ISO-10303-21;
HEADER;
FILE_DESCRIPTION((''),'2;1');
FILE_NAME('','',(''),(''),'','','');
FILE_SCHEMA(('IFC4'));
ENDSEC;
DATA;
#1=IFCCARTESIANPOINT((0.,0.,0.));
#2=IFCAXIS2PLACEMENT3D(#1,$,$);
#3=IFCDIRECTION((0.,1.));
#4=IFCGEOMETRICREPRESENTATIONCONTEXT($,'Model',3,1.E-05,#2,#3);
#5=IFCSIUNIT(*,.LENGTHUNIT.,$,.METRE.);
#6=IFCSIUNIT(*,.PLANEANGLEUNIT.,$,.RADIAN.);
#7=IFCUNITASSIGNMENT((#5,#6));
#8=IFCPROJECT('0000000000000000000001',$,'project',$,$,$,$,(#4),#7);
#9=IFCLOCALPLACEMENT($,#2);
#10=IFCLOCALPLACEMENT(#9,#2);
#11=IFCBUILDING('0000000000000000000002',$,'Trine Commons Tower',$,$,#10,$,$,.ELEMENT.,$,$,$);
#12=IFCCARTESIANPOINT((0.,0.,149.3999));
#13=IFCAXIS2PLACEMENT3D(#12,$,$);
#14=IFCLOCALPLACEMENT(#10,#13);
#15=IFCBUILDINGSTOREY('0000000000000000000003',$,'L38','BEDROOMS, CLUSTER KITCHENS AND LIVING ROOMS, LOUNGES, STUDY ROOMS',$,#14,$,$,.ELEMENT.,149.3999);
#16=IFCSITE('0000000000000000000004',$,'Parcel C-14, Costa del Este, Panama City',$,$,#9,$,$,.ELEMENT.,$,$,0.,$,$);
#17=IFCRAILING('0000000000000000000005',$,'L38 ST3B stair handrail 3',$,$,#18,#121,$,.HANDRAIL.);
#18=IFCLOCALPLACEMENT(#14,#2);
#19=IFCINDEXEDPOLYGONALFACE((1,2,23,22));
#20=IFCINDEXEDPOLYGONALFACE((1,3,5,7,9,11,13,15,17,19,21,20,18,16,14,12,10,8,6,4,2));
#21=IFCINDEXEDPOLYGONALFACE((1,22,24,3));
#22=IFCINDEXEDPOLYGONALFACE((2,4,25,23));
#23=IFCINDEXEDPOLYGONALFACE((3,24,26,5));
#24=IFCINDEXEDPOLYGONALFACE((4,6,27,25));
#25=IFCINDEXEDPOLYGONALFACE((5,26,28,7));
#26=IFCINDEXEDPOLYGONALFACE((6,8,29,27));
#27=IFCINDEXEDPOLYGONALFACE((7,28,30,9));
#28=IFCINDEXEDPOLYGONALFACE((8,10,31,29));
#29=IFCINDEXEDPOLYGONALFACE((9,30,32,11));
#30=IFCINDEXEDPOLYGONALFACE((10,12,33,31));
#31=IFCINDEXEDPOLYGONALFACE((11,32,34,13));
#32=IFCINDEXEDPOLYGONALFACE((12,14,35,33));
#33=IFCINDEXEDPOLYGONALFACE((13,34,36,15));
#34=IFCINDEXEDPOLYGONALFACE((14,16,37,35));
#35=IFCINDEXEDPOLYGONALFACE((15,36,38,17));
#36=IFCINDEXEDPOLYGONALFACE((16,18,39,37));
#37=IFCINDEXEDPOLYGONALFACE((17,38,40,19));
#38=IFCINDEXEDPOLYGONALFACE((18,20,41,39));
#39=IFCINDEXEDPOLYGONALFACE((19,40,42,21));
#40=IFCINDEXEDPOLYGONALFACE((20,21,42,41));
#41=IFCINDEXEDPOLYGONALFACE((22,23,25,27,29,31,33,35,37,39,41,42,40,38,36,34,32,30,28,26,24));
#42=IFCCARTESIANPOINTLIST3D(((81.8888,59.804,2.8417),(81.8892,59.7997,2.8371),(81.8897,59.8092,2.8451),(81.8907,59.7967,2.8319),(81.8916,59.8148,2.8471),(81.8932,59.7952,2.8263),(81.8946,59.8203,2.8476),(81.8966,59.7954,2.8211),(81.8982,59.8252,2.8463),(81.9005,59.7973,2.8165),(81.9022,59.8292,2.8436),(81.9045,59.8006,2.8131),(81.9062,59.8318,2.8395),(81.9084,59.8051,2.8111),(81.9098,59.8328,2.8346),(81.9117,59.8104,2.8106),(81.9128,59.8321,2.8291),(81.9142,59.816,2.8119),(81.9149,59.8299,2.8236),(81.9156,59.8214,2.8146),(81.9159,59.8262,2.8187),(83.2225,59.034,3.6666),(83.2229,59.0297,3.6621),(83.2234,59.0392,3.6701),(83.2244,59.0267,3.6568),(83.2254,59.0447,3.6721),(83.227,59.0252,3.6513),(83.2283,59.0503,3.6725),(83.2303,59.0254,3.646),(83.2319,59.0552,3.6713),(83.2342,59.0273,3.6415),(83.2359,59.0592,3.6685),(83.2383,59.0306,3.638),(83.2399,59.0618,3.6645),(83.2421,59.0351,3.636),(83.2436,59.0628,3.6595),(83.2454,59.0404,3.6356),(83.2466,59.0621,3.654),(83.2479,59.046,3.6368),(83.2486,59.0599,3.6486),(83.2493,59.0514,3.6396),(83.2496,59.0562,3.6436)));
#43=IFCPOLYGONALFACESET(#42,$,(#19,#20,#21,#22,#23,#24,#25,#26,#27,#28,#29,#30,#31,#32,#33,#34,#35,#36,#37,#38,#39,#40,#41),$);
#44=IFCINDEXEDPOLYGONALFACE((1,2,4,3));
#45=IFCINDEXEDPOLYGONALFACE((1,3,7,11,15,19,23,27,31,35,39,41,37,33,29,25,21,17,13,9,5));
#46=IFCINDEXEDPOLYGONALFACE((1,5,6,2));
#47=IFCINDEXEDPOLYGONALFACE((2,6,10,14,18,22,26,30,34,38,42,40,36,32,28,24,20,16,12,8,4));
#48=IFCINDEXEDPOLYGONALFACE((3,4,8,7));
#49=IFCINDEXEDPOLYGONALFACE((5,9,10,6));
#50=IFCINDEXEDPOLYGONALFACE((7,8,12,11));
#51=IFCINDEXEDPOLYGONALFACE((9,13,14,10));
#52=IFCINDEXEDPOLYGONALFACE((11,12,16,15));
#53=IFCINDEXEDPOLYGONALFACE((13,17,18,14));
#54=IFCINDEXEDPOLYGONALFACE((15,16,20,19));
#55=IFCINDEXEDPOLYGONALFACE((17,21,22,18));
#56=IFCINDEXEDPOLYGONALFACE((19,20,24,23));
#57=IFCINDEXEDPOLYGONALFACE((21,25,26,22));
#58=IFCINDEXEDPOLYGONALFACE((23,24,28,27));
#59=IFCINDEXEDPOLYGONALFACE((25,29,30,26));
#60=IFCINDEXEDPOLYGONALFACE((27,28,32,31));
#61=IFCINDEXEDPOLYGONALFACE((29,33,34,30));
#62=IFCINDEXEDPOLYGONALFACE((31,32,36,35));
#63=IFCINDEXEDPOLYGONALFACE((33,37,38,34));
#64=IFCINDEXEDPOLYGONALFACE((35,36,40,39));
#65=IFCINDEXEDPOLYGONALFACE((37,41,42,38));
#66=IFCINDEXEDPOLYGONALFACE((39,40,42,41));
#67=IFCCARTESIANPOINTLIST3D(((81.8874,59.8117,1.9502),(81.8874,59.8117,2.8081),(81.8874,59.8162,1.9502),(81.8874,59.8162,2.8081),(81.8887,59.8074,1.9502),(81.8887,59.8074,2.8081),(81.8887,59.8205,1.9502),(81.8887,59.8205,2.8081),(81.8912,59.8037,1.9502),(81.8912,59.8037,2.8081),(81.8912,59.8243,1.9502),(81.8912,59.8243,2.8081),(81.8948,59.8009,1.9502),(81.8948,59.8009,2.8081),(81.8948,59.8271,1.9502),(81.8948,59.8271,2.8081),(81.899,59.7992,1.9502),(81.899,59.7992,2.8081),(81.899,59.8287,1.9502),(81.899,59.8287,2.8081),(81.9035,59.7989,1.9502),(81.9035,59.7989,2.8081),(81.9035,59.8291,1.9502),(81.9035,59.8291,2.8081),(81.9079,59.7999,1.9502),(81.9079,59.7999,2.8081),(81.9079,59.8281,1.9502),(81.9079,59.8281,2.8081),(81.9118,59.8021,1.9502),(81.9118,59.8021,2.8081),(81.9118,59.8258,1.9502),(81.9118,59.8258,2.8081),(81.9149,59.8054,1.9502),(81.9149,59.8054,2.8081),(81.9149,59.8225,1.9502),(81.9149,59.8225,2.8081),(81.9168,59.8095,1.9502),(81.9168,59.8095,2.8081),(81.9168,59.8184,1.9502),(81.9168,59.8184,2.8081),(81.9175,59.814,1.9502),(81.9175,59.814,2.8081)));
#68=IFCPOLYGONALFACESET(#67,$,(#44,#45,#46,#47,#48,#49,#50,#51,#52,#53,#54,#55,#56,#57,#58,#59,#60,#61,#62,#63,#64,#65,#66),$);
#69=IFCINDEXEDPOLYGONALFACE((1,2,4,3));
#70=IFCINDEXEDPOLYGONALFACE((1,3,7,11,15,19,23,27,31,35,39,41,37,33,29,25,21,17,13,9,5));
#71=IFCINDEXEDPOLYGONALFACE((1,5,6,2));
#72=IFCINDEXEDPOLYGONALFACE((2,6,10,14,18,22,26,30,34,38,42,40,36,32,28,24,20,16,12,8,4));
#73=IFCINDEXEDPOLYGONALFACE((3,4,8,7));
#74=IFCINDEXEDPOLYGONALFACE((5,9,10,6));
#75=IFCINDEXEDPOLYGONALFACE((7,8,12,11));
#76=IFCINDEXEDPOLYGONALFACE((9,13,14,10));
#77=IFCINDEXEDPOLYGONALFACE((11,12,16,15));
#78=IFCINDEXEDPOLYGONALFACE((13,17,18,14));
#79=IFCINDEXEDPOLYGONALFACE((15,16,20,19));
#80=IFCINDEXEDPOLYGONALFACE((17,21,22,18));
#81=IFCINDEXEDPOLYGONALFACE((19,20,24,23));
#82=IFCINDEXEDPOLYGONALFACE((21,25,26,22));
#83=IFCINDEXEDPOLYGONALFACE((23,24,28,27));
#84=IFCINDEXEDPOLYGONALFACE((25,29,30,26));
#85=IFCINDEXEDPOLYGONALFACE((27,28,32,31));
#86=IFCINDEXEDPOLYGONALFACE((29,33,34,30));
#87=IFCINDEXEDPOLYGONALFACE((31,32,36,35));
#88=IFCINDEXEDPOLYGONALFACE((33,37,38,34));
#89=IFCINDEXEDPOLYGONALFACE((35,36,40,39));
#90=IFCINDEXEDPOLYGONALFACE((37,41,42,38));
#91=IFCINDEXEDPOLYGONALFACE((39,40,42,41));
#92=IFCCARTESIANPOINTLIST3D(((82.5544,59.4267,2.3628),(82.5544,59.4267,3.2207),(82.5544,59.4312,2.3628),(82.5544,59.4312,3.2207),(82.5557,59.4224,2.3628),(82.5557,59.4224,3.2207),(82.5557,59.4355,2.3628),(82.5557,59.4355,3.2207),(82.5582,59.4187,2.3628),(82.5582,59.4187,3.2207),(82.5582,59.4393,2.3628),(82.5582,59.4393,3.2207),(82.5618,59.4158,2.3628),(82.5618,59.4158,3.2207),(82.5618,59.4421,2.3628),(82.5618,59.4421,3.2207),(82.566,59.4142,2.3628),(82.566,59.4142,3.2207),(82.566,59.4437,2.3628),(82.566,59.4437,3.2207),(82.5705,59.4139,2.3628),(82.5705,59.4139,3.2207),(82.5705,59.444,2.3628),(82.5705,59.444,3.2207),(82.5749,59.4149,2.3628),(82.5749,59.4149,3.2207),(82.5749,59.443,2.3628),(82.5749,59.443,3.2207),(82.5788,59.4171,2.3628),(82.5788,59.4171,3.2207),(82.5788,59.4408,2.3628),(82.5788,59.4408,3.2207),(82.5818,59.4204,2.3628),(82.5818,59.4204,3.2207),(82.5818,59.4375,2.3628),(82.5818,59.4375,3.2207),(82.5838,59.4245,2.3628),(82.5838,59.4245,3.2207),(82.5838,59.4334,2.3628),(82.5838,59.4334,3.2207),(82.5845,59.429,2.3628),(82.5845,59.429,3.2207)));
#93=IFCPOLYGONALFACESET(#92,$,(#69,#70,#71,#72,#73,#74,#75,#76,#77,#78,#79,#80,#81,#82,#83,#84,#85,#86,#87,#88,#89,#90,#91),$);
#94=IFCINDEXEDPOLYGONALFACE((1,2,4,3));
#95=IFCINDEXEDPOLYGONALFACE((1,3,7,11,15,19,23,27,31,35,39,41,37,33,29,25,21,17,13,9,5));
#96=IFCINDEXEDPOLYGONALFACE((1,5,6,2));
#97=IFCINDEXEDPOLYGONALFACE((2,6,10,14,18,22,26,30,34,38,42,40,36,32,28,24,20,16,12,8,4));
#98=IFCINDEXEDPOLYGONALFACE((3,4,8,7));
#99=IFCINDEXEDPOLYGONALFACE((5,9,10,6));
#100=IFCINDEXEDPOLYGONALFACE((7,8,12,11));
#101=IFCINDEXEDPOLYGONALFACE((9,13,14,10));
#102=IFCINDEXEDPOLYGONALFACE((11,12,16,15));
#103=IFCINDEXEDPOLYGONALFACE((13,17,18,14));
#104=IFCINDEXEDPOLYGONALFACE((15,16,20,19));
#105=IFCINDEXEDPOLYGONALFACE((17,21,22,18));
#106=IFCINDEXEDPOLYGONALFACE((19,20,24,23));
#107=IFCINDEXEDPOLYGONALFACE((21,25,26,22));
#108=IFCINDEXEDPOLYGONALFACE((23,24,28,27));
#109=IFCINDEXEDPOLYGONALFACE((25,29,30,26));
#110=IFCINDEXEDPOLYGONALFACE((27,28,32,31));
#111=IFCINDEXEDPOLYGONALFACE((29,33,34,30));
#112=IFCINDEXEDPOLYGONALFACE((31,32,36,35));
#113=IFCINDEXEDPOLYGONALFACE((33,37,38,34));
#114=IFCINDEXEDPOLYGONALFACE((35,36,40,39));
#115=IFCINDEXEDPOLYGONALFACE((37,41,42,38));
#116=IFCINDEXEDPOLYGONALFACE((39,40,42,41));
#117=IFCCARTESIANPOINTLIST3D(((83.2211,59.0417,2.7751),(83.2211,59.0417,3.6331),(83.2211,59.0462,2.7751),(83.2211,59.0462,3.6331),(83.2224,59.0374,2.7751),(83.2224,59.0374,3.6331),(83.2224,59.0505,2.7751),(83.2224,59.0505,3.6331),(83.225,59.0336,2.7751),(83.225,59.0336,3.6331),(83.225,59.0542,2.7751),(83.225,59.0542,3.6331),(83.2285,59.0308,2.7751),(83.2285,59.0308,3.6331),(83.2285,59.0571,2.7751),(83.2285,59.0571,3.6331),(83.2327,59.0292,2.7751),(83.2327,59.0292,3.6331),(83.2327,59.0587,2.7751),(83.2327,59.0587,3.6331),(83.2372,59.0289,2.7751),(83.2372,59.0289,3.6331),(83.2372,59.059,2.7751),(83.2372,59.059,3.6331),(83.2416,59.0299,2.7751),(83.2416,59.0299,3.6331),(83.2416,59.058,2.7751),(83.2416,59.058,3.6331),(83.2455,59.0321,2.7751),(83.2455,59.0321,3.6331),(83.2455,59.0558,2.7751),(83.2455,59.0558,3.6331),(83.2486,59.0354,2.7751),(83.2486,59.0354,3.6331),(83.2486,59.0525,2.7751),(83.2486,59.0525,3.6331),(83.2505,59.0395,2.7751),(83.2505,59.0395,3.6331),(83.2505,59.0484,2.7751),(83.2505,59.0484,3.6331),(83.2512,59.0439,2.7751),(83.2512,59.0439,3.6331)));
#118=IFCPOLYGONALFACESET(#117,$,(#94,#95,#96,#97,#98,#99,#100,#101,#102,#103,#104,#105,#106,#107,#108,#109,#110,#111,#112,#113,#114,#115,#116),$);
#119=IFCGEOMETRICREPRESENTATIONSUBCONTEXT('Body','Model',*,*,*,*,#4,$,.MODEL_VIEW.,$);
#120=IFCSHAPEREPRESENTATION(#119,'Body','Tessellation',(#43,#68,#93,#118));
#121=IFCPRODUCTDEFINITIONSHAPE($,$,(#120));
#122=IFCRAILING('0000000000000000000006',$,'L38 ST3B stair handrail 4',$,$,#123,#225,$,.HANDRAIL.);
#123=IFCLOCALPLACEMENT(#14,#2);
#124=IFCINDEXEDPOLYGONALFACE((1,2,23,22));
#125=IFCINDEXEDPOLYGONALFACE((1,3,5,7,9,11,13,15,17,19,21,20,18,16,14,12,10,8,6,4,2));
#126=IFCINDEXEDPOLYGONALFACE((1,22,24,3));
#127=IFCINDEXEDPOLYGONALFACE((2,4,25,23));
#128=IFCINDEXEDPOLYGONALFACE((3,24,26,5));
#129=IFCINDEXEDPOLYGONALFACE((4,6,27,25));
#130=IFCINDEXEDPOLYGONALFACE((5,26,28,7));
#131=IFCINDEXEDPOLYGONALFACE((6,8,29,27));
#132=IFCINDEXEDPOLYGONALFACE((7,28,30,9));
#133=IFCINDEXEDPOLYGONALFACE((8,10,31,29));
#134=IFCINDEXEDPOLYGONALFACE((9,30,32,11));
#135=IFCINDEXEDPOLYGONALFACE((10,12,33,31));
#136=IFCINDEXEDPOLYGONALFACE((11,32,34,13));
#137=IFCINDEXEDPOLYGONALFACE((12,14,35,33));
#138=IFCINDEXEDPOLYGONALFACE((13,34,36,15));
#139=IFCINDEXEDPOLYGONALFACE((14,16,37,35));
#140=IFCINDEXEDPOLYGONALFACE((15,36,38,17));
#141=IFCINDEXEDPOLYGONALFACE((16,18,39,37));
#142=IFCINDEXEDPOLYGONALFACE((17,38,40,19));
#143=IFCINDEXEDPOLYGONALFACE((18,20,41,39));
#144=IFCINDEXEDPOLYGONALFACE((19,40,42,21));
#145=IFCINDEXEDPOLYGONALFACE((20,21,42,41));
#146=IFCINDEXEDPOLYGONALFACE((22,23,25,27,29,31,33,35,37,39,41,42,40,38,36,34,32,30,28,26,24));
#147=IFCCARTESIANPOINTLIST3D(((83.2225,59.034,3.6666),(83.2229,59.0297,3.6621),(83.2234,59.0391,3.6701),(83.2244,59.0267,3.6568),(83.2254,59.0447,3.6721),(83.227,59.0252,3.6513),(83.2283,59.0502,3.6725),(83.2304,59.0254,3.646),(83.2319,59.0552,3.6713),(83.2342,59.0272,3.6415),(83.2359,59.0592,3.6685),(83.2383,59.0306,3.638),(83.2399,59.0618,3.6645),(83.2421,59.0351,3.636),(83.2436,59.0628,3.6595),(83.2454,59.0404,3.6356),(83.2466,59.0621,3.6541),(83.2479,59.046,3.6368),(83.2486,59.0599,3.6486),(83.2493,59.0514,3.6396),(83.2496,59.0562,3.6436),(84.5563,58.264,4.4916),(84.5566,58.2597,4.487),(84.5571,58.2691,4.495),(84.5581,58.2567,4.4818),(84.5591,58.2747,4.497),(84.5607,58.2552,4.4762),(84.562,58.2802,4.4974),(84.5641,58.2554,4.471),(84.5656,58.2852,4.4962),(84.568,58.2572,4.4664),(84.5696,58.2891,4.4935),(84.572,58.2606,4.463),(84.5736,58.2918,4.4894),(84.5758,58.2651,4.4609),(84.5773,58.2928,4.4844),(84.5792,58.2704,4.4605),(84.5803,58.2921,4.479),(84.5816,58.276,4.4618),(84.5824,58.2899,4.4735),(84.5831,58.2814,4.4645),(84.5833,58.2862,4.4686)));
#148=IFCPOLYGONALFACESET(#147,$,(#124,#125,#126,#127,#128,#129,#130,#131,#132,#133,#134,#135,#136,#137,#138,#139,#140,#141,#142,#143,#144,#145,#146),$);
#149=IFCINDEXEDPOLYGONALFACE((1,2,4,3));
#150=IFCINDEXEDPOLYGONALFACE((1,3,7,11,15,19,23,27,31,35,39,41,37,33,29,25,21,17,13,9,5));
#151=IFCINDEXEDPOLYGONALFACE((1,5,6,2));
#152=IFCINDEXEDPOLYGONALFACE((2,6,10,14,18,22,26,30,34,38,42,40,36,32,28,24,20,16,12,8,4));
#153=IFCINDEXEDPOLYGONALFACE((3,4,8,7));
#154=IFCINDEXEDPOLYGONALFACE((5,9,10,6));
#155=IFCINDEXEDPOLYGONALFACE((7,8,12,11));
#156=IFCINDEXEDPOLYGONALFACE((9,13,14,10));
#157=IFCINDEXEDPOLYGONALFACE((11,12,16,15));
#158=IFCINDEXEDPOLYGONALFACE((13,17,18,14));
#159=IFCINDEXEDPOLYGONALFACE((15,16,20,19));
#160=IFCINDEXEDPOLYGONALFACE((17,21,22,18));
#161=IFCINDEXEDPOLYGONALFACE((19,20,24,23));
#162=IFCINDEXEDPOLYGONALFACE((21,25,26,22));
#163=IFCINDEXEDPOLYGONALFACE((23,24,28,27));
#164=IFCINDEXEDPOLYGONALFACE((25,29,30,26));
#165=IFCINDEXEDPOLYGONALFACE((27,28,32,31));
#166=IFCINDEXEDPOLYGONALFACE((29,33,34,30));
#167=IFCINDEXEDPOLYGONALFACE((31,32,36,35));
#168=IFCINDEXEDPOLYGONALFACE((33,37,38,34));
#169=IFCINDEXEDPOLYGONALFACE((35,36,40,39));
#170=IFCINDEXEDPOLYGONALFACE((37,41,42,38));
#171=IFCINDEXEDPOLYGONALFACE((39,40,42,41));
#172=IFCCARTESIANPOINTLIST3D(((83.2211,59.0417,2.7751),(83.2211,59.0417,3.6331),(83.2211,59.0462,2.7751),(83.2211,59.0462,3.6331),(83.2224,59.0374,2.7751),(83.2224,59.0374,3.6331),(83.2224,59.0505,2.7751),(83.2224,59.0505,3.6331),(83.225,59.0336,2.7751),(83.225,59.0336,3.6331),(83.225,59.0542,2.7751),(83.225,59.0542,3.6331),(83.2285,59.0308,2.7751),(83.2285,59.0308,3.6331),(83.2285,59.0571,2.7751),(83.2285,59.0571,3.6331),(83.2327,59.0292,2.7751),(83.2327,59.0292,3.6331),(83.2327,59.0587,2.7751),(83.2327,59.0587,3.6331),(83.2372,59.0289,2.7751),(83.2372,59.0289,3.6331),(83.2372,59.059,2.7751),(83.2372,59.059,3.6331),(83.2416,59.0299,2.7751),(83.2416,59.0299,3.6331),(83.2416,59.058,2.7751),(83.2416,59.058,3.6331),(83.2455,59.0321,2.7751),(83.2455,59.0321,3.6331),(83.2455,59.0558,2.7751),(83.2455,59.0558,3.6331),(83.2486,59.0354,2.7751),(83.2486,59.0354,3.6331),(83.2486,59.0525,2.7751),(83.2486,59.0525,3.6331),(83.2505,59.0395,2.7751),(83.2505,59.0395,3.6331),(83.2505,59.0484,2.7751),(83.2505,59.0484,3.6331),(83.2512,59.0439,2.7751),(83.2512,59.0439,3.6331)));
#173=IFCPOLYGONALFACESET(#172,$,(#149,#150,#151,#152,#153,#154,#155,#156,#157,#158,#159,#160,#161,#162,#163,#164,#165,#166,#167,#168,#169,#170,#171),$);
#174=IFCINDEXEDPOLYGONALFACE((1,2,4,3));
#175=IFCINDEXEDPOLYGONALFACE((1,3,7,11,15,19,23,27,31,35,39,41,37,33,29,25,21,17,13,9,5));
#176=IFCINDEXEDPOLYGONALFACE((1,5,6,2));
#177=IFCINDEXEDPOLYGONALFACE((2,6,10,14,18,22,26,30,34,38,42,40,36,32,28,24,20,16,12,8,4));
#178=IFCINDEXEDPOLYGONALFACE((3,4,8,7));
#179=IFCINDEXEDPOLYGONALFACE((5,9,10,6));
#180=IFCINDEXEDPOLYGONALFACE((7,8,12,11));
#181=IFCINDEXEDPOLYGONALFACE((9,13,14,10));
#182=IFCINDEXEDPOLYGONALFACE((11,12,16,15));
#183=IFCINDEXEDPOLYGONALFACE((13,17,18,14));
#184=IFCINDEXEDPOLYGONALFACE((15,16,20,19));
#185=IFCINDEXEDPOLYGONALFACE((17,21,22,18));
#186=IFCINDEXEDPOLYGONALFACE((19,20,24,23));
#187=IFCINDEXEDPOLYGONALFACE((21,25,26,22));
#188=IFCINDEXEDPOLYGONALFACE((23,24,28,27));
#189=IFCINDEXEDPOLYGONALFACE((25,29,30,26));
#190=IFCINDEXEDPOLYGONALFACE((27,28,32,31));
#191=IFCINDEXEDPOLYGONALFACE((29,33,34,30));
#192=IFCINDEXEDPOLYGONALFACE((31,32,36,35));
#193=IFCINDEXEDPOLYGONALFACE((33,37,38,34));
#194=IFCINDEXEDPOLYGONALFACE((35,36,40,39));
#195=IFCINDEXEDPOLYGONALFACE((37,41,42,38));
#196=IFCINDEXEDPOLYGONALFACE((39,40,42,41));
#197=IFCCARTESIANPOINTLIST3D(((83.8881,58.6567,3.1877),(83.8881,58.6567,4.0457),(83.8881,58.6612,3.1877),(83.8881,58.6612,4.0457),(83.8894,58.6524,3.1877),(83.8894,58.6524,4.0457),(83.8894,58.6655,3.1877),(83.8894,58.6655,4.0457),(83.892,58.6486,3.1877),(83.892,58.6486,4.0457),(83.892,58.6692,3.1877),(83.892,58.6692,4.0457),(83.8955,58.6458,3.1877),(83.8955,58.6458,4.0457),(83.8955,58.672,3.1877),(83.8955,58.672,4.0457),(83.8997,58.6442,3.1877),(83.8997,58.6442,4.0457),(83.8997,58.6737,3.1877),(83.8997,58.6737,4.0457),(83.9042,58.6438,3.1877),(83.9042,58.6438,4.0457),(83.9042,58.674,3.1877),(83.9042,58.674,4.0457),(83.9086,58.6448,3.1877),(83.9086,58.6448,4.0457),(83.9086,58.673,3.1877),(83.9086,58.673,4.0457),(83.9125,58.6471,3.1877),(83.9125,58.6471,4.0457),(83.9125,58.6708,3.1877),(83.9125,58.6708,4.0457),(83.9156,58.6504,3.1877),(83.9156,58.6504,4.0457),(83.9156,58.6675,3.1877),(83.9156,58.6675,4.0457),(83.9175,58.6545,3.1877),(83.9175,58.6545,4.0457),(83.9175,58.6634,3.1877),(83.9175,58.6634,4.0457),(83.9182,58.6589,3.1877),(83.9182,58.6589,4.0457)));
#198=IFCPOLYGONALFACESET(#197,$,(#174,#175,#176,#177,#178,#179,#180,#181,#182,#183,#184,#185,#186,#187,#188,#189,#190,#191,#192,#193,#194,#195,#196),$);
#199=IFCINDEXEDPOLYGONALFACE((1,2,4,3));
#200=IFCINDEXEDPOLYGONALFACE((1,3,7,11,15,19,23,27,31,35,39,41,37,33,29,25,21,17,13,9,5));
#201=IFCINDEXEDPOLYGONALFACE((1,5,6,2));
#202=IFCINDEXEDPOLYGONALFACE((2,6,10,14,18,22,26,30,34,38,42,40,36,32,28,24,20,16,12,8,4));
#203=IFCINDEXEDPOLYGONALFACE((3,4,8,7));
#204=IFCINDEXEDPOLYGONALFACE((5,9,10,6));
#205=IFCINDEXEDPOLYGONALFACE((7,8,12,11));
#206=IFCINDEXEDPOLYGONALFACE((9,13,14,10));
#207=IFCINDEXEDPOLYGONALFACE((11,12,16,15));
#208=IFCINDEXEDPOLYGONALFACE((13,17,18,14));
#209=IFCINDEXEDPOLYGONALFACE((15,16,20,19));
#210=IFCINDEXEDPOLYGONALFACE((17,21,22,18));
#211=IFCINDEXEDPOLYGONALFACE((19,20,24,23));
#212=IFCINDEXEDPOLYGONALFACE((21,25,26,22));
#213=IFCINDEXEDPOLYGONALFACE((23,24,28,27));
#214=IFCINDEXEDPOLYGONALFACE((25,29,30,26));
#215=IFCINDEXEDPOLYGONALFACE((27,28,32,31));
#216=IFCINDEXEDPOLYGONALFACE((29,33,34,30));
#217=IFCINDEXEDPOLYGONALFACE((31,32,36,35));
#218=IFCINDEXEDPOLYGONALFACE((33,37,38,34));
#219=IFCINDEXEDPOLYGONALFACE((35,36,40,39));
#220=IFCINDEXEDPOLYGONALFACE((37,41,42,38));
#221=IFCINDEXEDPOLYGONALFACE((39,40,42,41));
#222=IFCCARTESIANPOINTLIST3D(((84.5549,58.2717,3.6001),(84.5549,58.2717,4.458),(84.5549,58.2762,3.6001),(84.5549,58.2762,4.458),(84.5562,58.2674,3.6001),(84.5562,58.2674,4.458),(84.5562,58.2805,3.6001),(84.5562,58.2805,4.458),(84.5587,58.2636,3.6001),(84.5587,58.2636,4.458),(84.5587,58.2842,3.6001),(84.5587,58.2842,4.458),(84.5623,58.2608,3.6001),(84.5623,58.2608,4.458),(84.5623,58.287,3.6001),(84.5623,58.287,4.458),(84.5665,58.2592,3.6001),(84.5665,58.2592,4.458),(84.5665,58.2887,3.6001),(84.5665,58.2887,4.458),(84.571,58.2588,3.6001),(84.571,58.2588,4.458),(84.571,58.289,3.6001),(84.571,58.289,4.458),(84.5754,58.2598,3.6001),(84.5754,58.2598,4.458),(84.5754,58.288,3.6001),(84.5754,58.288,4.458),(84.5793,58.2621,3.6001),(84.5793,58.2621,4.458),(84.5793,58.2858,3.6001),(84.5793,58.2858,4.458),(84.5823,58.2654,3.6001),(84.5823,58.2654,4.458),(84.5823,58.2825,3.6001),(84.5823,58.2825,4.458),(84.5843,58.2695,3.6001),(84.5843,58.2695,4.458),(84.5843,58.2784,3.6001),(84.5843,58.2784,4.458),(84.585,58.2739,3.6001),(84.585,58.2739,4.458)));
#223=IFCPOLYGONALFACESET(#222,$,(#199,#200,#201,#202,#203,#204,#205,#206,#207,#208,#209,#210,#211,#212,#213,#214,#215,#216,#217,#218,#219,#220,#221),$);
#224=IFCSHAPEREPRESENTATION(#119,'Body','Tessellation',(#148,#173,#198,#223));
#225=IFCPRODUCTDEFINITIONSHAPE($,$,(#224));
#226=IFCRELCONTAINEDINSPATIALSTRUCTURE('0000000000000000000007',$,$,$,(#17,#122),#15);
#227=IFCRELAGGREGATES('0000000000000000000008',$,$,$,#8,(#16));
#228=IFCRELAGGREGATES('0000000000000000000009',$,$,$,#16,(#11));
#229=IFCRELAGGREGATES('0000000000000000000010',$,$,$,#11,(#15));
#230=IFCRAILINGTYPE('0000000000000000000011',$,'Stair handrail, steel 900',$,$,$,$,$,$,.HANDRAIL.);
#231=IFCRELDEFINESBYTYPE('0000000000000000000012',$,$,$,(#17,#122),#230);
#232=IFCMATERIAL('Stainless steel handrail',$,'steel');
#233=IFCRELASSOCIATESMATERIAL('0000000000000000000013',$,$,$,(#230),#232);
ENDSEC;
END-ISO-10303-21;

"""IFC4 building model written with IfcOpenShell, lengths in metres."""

from ifc_helpers import new_model, si_unit, direction, frame, origin, origin_2d, place, context, subcontext, project, spatial, circle, extrude, material, type_object, element, save


model = new_model("IFC4")

# Units and contexts
model_context = context("Model", 3, precision=1e-05, world=origin(), true_north=direction((0.0, 1.0)))
body_context = subcontext(model_context, "Body", "Model", "MODEL_VIEW")
ifc_project = project(units=[si_unit("LENGTHUNIT", "METRE"), si_unit("PLANEANGLEUNIT", "RADIAN")], contexts=[model_context])

# Site, building, storey
site_placement = place(None, origin())
site = spatial("IfcSite", under=ifc_project, at=site_placement, Name="Parcel C-14, Costa del Este, Panama City", CompositionType="ELEMENT", RefElevation=0.0)
building_placement = place(site_placement, origin())
building = spatial("IfcBuilding", under=site, at=building_placement, Name="Trine Commons Tower", CompositionType="ELEMENT")
storey_placement = place(building_placement, frame((0.0, 0.0, 149.3999)))
storey = spatial("IfcBuildingStorey", under=building, at=storey_placement, Name="L38", Description="BEDROOMS, CLUSTER KITCHENS AND LIVING ROOMS, LOUNGES, STUDY ROOMS", CompositionType="ELEMENT", Elevation=149.3999)

# Railings
ifc_material_1 = material(Name="Stainless steel handrail", Category="steel")
railing_type_1 = type_object("IfcRailingType", Name="Stair handrail, steel 900", PredefinedType="HANDRAIL", material=ifc_material_1)
for number, where, name in (
    (1, (81.9023, 59.814, 1.9502), "L38 ST3B stair handrail 3"),
    (2, (83.2361, 59.0439, 2.7751), "L38 ST3B stair handrail 4"),
):
    element("IfcRailing", number, at=place(storey_placement, frame(where)), inside=storey, type_object=railing_type_1, Name=name, PredefinedType="HANDRAIL", context=body_context, shape_type="SweptSolid", body=[
        extrude(circle(Radius=0.021, at=origin_2d()), frame((0.0, 0.0, 0.8789), z_axis=(0.763405, -0.440743, 0.472185), x_axis=(0.499992, 0.86603, 0.0)), (0.0, 0.0, 1.0), 1.7471),
        extrude(circle(Radius=0.0151, at=origin_2d()), origin(), (0.0, 0.0, 1.0), 0.8579),
        extrude(circle(Radius=0.0151, at=origin_2d()), frame((0.667, -0.385, 0.4126)), (0.0, 0.0, 1.0), 0.8579),
        extrude(circle(Radius=0.0151, at=origin_2d()), frame((1.3337, -0.77, 0.825)), (0.0, 0.0, 1.0), 0.8579),
    ])

save(model, "model.ifc")
